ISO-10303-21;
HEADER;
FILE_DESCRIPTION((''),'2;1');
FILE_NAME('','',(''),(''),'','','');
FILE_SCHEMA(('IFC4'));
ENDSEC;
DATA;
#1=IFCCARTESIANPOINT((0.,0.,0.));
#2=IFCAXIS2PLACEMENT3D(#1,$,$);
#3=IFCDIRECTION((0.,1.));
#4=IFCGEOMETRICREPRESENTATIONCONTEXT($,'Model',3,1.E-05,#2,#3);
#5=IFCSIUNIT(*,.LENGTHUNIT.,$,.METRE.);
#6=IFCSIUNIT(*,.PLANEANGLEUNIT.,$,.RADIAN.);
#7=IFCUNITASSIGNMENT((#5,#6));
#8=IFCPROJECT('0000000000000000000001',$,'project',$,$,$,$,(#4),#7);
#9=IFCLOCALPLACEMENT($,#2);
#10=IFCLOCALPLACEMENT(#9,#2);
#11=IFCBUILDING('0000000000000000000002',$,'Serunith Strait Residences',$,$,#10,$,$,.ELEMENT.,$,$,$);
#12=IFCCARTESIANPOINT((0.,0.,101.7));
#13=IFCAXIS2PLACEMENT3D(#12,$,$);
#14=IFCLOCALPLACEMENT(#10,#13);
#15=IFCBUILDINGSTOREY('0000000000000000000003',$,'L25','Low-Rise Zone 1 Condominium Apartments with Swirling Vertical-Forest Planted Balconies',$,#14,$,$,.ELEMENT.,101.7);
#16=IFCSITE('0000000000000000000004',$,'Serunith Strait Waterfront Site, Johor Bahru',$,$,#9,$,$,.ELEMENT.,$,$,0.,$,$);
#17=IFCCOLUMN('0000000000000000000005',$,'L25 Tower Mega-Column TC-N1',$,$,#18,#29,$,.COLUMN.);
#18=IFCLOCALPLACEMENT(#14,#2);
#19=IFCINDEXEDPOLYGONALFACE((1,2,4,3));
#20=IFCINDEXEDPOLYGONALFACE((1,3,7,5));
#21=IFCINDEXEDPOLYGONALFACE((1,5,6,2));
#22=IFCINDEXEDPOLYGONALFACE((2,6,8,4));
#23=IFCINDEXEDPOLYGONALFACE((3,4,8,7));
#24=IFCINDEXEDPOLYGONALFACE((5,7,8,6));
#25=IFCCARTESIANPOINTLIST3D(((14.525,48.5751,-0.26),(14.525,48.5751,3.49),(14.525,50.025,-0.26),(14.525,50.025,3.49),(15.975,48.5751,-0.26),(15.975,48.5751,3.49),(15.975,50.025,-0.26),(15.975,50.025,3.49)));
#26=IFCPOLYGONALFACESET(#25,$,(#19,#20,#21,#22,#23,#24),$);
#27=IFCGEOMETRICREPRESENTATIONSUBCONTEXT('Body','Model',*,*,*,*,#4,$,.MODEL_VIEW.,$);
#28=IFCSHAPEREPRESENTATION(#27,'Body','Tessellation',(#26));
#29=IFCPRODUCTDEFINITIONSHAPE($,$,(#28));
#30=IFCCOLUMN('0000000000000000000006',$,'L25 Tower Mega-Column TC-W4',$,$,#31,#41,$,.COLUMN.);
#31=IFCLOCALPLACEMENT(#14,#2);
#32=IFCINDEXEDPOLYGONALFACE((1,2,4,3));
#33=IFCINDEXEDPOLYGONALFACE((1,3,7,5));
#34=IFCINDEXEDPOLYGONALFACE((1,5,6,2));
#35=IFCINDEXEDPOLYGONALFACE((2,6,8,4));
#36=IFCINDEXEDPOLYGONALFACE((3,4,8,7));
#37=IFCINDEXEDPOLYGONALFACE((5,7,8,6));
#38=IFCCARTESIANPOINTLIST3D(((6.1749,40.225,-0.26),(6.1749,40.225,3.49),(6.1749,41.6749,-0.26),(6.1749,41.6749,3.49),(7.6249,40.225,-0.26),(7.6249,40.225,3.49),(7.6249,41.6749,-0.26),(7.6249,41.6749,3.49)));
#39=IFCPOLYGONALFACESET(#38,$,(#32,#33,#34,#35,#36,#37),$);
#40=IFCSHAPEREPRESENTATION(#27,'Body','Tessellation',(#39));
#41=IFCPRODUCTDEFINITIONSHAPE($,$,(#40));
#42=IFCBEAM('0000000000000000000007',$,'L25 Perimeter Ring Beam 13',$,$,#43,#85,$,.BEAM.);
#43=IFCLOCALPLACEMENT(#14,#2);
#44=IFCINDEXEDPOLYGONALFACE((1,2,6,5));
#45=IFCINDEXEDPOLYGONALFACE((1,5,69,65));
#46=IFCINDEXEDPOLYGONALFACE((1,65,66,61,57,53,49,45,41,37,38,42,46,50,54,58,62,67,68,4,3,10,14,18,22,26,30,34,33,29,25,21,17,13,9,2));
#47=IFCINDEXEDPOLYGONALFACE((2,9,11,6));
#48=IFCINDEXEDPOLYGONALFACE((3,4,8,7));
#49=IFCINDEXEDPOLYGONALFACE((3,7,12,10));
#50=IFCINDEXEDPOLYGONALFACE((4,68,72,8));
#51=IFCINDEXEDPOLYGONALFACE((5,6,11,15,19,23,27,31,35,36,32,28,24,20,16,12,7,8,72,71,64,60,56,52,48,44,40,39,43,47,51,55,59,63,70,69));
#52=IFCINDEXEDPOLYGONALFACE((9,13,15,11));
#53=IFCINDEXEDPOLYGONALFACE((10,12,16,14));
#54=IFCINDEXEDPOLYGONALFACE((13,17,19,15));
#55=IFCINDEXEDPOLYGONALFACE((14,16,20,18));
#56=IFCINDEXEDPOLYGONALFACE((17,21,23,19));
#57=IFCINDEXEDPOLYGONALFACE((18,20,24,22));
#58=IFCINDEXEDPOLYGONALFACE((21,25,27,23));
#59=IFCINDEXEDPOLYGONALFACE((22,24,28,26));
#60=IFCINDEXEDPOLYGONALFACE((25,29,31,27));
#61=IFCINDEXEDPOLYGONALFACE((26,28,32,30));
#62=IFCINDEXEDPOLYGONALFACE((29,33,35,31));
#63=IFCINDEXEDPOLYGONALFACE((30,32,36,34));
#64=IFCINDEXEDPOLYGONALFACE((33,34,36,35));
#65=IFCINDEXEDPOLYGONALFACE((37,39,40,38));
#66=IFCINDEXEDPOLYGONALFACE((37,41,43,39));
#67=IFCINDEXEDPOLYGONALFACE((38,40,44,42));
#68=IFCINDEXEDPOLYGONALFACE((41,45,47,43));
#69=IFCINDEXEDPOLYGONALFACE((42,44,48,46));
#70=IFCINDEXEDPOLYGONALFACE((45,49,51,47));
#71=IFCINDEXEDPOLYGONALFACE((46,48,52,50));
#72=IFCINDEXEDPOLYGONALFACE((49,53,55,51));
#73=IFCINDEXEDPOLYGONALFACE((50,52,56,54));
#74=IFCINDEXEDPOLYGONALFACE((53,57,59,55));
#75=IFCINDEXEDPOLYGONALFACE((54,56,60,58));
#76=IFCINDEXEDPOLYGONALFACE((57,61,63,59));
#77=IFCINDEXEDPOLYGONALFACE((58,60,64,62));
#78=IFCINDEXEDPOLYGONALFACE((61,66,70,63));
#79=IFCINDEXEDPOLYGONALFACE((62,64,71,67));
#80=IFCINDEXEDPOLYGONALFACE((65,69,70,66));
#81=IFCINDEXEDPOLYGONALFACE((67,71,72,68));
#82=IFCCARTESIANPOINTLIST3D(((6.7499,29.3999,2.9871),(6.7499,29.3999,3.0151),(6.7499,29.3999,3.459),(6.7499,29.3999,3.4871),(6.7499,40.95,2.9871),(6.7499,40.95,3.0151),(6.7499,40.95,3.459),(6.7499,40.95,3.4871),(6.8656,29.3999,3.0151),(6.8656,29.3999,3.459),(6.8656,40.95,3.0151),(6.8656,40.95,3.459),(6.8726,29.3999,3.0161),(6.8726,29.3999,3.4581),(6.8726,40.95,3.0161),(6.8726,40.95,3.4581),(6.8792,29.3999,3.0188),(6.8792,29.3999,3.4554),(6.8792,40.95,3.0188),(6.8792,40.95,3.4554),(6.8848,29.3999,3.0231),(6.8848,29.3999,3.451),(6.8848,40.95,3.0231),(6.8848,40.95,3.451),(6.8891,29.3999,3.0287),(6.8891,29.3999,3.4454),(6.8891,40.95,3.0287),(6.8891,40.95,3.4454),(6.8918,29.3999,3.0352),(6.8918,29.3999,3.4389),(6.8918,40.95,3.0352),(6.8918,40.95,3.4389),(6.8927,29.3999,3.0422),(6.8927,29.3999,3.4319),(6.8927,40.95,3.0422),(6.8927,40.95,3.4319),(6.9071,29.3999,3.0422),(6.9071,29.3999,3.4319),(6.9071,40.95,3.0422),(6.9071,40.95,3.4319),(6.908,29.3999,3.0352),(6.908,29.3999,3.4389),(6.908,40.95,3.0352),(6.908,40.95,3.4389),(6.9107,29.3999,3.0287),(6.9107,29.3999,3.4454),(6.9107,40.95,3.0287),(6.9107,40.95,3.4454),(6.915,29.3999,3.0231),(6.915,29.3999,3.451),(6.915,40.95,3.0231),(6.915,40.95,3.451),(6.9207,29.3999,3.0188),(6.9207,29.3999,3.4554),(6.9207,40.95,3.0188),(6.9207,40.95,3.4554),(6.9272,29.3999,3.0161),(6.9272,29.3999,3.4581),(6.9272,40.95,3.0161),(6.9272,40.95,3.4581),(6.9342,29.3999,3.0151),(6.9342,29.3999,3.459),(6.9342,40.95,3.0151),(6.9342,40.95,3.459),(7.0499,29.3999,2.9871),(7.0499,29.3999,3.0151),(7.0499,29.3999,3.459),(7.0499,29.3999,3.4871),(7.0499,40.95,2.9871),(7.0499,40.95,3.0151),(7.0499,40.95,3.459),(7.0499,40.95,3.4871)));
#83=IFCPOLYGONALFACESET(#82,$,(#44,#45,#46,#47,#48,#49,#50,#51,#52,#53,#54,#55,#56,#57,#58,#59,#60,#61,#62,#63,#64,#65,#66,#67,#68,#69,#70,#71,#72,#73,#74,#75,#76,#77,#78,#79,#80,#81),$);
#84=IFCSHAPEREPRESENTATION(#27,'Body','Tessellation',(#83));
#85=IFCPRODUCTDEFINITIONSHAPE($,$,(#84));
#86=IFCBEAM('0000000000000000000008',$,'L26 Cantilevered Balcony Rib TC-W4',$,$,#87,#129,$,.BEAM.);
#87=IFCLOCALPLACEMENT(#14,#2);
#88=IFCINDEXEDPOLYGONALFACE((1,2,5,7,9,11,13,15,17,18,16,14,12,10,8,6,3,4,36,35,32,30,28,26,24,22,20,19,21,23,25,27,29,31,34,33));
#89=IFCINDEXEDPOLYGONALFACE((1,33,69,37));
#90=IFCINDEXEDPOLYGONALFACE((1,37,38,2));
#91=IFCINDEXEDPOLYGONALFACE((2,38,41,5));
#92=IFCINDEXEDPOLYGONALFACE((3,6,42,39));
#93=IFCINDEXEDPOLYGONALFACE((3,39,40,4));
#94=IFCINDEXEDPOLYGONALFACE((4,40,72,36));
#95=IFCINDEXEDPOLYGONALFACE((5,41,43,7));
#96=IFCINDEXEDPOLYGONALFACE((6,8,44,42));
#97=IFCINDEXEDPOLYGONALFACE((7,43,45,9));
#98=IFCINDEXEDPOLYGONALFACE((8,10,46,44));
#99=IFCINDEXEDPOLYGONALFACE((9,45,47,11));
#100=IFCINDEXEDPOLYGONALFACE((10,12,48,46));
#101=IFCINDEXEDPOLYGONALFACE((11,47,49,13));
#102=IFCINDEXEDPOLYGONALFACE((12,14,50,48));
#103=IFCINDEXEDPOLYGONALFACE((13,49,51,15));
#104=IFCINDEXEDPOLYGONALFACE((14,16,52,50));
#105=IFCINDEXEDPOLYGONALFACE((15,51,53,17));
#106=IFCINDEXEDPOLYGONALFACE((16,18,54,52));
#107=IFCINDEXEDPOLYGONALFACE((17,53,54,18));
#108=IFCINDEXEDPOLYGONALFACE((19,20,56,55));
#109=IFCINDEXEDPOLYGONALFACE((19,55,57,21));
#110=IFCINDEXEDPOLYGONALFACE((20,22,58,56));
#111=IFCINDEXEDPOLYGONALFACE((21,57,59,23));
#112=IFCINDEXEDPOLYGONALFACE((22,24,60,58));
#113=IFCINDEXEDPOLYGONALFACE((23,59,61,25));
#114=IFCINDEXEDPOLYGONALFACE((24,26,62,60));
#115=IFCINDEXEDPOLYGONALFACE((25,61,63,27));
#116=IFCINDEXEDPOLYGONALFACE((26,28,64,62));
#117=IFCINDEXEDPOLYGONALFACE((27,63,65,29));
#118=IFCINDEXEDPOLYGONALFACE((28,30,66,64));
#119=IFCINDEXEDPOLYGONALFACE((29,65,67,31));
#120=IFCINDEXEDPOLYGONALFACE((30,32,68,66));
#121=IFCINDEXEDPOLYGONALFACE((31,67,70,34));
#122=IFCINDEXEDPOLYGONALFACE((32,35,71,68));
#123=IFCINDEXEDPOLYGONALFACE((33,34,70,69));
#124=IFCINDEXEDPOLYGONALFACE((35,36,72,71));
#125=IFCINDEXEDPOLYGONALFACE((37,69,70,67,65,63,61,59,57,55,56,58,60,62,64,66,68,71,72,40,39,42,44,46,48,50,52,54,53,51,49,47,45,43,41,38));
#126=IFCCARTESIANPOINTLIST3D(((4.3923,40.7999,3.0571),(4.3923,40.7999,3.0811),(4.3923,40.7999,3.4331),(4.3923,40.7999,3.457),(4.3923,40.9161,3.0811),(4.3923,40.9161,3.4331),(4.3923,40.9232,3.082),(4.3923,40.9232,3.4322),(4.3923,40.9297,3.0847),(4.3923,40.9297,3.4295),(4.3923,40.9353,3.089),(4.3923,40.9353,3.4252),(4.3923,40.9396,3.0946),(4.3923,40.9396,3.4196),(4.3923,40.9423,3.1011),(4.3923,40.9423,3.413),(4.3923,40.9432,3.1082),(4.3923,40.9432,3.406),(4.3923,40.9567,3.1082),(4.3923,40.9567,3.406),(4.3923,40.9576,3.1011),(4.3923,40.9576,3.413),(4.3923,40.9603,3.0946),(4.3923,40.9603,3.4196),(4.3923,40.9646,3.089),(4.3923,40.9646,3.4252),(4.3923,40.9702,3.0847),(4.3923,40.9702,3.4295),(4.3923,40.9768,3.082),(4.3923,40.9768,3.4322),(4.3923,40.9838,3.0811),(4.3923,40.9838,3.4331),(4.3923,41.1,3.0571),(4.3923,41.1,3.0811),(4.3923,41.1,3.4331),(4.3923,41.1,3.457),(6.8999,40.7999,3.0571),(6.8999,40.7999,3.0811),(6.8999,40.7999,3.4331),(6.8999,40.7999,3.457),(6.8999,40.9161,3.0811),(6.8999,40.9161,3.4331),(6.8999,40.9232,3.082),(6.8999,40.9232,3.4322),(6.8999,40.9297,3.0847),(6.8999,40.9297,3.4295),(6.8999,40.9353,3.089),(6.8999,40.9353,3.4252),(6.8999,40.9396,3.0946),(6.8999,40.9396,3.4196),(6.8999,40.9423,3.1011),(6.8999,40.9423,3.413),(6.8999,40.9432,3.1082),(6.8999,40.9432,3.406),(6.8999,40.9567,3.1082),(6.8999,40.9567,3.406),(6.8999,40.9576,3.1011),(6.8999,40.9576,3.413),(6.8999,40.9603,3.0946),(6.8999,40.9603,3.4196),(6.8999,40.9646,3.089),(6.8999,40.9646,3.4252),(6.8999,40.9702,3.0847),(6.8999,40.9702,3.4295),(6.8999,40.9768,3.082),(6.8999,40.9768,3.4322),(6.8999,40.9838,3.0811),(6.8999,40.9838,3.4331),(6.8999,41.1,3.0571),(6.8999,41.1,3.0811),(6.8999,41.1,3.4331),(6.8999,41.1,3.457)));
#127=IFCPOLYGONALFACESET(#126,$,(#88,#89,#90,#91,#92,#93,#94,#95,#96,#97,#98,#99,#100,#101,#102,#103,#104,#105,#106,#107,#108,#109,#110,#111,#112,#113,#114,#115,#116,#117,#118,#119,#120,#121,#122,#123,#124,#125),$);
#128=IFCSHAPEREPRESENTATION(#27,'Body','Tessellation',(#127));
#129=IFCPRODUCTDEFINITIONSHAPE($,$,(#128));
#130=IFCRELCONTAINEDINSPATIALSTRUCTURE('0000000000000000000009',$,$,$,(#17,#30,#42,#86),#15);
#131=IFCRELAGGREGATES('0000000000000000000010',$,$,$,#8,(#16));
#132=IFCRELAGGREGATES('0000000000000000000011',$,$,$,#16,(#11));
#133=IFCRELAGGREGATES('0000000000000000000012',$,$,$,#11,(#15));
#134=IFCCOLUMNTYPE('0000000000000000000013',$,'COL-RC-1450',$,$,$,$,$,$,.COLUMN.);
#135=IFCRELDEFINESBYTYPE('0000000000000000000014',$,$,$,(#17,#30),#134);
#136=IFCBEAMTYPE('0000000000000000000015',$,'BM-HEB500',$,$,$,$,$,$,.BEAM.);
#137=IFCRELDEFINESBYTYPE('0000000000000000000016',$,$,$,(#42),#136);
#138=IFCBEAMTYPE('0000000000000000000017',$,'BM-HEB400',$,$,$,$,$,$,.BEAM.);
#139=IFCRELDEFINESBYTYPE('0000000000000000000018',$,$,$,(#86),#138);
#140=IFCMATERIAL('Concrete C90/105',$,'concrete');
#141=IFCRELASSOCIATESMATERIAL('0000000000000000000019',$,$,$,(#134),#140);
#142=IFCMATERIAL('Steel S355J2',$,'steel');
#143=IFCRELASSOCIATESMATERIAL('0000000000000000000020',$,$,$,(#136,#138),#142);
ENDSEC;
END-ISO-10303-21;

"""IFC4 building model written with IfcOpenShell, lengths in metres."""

from ifc_helpers import new_model, si_unit, direction, frame, origin, origin_2d, place, context, subcontext, project, spatial, rectangle, i_section, extrude, source, transform, mapped, material, material_profile, profile_set, type_object, element, save


model = new_model("IFC4")

# Units and contexts
model_context = context("Model", 3, precision=1e-05, world=origin(), true_north=direction((0.0, 1.0)))
body_context = subcontext(model_context, "Body", "Model", "MODEL_VIEW")
ifc_project = project(units=[si_unit("LENGTHUNIT", "METRE"), si_unit("PLANEANGLEUNIT", "RADIAN")], contexts=[model_context])

# Site, building, storey
site_placement = place(None, origin())
site = spatial("IfcSite", under=ifc_project, at=site_placement, Name="Serunith Strait Waterfront Site, Johor Bahru", CompositionType="ELEMENT", RefElevation=0.0)
building_placement = place(site_placement, origin())
building = spatial("IfcBuilding", under=site, at=building_placement, Name="Serunith Strait Residences", CompositionType="ELEMENT")
storey_placement = place(building_placement, frame((0.0, 0.0, 101.7)))
storey = spatial("IfcBuildingStorey", under=building, at=storey_placement, Name="L25", Description="Low-Rise Zone 1 Condominium Apartments with Swirling Vertical-Forest Planted Balconies", CompositionType="ELEMENT", Elevation=101.7)

# Columns
ifc_material_1 = material(Name="Concrete C90/105", Category="concrete")
ifc_material_profile_1 = material_profile(ifc_material_1, rectangle(XDim=1.45, YDim=1.45, at=origin_2d()), Name="RC 1450x1450")
ifc_profile_set_1 = profile_set([ifc_material_profile_1], Name="Concrete C90/105")
column_type = type_object("IfcColumnType", Name="COL-RC-1450", PredefinedType="COLUMN", material=ifc_profile_set_1)
shared_shape_1 = source(origin(), body_context, "Body", "SweptSolid", [
    extrude(rectangle(XDim=1.45, YDim=1.45, at=origin_2d()), origin(), (0.0, 0.0, 1.0), 3.75),
])
for number, where, z_axis, x_axis, name in (
    (1, (15.25, 49.3, -0.26), (0.0, 0.0, 1.0), (1.0, 0.0, 0.0), "L25 Tower Mega-Column TC-N1"),
    (2, (6.8999, 40.95, -0.26), (0.0, 0.0, 1.0), (1.0, 0.0, 0.0), "L25 Tower Mega-Column TC-W4"),
):
    element("IfcColumn", number, at=place(storey_placement, frame(where, z_axis=z_axis, x_axis=x_axis)), inside=storey, type_object=column_type, Name=name, PredefinedType="COLUMN", context=body_context, shape_type="MappedRepresentation", body=[
        mapped(shared_shape_1, transform((0.0, 0.0, 0.0), scale=1.0)),
    ])

# Beams
ifc_material_2 = material(Name="Steel S355J2", Category="steel")
ifc_material_profile_2 = material_profile(ifc_material_2, i_section(OverallWidth=0.3, OverallDepth=0.5, WebThickness=0.0144, FlangeThickness=0.0281, FilletRadius=0.0271, at=origin_2d()), Name="HEB 500")
ifc_profile_set_2 = profile_set([ifc_material_profile_2], Name="Steel S355J2")
beam_type_1 = type_object("IfcBeamType", Name="BM-HEB500", PredefinedType="BEAM", material=ifc_profile_set_2)
shared_shape_2 = source(origin(), body_context, "Body", "SweptSolid", [
    extrude(i_section(OverallWidth=0.3, OverallDepth=0.5, WebThickness=0.0144, FlangeThickness=0.0281, FilletRadius=0.0271, at=origin_2d()), origin(), (0.0, 0.0, 1.0), 11.55),
])
beam_1_placement = place(storey_placement, frame((6.8999, 40.95, 3.2371), z_axis=(0.0, -1.0, 0.0), x_axis=(1.0, 0.0, 0.0)))
element("IfcBeam", 3, at=beam_1_placement, inside=storey, type_object=beam_type_1, Name="L25 Perimeter Ring Beam 13", PredefinedType="BEAM", context=body_context, shape_type="MappedRepresentation", body=[
    mapped(shared_shape_2, transform((0.0, 0.0, 0.0), scale=1.0)),
])
ifc_material_profile_3 = material_profile(ifc_material_2, i_section(OverallWidth=0.3, OverallDepth=0.3999, WebThickness=0.0134, FlangeThickness=0.0239, FilletRadius=0.0271, at=origin_2d()), Name="HEB 400")
ifc_profile_set_3 = profile_set([ifc_material_profile_3], Name="Steel S355J2")
beam_type_2 = type_object("IfcBeamType", Name="BM-HEB400", PredefinedType="BEAM", material=ifc_profile_set_3)
shared_shape_3 = source(origin(), body_context, "Body", "SweptSolid", [
    extrude(i_section(OverallWidth=0.3, OverallDepth=0.3999, WebThickness=0.0134, FlangeThickness=0.0239, FilletRadius=0.0271, at=origin_2d()), origin(), (0.0, 0.0, 1.0), 2.5076),
])
beam_2_placement = place(storey_placement, frame((6.8999, 40.95, 3.2571), z_axis=(-1.0, 0.0, 0.0), x_axis=(0.0, -1.0, 0.0)))
element("IfcBeam", 4, at=beam_2_placement, inside=storey, type_object=beam_type_2, Name="L26 Cantilevered Balcony Rib TC-W4", PredefinedType="BEAM", context=body_context, shape_type="MappedRepresentation", body=[
    mapped(shared_shape_3, transform((0.0, 0.0, 0.0), scale=1.0)),
])

save(model, "model.ifc")
